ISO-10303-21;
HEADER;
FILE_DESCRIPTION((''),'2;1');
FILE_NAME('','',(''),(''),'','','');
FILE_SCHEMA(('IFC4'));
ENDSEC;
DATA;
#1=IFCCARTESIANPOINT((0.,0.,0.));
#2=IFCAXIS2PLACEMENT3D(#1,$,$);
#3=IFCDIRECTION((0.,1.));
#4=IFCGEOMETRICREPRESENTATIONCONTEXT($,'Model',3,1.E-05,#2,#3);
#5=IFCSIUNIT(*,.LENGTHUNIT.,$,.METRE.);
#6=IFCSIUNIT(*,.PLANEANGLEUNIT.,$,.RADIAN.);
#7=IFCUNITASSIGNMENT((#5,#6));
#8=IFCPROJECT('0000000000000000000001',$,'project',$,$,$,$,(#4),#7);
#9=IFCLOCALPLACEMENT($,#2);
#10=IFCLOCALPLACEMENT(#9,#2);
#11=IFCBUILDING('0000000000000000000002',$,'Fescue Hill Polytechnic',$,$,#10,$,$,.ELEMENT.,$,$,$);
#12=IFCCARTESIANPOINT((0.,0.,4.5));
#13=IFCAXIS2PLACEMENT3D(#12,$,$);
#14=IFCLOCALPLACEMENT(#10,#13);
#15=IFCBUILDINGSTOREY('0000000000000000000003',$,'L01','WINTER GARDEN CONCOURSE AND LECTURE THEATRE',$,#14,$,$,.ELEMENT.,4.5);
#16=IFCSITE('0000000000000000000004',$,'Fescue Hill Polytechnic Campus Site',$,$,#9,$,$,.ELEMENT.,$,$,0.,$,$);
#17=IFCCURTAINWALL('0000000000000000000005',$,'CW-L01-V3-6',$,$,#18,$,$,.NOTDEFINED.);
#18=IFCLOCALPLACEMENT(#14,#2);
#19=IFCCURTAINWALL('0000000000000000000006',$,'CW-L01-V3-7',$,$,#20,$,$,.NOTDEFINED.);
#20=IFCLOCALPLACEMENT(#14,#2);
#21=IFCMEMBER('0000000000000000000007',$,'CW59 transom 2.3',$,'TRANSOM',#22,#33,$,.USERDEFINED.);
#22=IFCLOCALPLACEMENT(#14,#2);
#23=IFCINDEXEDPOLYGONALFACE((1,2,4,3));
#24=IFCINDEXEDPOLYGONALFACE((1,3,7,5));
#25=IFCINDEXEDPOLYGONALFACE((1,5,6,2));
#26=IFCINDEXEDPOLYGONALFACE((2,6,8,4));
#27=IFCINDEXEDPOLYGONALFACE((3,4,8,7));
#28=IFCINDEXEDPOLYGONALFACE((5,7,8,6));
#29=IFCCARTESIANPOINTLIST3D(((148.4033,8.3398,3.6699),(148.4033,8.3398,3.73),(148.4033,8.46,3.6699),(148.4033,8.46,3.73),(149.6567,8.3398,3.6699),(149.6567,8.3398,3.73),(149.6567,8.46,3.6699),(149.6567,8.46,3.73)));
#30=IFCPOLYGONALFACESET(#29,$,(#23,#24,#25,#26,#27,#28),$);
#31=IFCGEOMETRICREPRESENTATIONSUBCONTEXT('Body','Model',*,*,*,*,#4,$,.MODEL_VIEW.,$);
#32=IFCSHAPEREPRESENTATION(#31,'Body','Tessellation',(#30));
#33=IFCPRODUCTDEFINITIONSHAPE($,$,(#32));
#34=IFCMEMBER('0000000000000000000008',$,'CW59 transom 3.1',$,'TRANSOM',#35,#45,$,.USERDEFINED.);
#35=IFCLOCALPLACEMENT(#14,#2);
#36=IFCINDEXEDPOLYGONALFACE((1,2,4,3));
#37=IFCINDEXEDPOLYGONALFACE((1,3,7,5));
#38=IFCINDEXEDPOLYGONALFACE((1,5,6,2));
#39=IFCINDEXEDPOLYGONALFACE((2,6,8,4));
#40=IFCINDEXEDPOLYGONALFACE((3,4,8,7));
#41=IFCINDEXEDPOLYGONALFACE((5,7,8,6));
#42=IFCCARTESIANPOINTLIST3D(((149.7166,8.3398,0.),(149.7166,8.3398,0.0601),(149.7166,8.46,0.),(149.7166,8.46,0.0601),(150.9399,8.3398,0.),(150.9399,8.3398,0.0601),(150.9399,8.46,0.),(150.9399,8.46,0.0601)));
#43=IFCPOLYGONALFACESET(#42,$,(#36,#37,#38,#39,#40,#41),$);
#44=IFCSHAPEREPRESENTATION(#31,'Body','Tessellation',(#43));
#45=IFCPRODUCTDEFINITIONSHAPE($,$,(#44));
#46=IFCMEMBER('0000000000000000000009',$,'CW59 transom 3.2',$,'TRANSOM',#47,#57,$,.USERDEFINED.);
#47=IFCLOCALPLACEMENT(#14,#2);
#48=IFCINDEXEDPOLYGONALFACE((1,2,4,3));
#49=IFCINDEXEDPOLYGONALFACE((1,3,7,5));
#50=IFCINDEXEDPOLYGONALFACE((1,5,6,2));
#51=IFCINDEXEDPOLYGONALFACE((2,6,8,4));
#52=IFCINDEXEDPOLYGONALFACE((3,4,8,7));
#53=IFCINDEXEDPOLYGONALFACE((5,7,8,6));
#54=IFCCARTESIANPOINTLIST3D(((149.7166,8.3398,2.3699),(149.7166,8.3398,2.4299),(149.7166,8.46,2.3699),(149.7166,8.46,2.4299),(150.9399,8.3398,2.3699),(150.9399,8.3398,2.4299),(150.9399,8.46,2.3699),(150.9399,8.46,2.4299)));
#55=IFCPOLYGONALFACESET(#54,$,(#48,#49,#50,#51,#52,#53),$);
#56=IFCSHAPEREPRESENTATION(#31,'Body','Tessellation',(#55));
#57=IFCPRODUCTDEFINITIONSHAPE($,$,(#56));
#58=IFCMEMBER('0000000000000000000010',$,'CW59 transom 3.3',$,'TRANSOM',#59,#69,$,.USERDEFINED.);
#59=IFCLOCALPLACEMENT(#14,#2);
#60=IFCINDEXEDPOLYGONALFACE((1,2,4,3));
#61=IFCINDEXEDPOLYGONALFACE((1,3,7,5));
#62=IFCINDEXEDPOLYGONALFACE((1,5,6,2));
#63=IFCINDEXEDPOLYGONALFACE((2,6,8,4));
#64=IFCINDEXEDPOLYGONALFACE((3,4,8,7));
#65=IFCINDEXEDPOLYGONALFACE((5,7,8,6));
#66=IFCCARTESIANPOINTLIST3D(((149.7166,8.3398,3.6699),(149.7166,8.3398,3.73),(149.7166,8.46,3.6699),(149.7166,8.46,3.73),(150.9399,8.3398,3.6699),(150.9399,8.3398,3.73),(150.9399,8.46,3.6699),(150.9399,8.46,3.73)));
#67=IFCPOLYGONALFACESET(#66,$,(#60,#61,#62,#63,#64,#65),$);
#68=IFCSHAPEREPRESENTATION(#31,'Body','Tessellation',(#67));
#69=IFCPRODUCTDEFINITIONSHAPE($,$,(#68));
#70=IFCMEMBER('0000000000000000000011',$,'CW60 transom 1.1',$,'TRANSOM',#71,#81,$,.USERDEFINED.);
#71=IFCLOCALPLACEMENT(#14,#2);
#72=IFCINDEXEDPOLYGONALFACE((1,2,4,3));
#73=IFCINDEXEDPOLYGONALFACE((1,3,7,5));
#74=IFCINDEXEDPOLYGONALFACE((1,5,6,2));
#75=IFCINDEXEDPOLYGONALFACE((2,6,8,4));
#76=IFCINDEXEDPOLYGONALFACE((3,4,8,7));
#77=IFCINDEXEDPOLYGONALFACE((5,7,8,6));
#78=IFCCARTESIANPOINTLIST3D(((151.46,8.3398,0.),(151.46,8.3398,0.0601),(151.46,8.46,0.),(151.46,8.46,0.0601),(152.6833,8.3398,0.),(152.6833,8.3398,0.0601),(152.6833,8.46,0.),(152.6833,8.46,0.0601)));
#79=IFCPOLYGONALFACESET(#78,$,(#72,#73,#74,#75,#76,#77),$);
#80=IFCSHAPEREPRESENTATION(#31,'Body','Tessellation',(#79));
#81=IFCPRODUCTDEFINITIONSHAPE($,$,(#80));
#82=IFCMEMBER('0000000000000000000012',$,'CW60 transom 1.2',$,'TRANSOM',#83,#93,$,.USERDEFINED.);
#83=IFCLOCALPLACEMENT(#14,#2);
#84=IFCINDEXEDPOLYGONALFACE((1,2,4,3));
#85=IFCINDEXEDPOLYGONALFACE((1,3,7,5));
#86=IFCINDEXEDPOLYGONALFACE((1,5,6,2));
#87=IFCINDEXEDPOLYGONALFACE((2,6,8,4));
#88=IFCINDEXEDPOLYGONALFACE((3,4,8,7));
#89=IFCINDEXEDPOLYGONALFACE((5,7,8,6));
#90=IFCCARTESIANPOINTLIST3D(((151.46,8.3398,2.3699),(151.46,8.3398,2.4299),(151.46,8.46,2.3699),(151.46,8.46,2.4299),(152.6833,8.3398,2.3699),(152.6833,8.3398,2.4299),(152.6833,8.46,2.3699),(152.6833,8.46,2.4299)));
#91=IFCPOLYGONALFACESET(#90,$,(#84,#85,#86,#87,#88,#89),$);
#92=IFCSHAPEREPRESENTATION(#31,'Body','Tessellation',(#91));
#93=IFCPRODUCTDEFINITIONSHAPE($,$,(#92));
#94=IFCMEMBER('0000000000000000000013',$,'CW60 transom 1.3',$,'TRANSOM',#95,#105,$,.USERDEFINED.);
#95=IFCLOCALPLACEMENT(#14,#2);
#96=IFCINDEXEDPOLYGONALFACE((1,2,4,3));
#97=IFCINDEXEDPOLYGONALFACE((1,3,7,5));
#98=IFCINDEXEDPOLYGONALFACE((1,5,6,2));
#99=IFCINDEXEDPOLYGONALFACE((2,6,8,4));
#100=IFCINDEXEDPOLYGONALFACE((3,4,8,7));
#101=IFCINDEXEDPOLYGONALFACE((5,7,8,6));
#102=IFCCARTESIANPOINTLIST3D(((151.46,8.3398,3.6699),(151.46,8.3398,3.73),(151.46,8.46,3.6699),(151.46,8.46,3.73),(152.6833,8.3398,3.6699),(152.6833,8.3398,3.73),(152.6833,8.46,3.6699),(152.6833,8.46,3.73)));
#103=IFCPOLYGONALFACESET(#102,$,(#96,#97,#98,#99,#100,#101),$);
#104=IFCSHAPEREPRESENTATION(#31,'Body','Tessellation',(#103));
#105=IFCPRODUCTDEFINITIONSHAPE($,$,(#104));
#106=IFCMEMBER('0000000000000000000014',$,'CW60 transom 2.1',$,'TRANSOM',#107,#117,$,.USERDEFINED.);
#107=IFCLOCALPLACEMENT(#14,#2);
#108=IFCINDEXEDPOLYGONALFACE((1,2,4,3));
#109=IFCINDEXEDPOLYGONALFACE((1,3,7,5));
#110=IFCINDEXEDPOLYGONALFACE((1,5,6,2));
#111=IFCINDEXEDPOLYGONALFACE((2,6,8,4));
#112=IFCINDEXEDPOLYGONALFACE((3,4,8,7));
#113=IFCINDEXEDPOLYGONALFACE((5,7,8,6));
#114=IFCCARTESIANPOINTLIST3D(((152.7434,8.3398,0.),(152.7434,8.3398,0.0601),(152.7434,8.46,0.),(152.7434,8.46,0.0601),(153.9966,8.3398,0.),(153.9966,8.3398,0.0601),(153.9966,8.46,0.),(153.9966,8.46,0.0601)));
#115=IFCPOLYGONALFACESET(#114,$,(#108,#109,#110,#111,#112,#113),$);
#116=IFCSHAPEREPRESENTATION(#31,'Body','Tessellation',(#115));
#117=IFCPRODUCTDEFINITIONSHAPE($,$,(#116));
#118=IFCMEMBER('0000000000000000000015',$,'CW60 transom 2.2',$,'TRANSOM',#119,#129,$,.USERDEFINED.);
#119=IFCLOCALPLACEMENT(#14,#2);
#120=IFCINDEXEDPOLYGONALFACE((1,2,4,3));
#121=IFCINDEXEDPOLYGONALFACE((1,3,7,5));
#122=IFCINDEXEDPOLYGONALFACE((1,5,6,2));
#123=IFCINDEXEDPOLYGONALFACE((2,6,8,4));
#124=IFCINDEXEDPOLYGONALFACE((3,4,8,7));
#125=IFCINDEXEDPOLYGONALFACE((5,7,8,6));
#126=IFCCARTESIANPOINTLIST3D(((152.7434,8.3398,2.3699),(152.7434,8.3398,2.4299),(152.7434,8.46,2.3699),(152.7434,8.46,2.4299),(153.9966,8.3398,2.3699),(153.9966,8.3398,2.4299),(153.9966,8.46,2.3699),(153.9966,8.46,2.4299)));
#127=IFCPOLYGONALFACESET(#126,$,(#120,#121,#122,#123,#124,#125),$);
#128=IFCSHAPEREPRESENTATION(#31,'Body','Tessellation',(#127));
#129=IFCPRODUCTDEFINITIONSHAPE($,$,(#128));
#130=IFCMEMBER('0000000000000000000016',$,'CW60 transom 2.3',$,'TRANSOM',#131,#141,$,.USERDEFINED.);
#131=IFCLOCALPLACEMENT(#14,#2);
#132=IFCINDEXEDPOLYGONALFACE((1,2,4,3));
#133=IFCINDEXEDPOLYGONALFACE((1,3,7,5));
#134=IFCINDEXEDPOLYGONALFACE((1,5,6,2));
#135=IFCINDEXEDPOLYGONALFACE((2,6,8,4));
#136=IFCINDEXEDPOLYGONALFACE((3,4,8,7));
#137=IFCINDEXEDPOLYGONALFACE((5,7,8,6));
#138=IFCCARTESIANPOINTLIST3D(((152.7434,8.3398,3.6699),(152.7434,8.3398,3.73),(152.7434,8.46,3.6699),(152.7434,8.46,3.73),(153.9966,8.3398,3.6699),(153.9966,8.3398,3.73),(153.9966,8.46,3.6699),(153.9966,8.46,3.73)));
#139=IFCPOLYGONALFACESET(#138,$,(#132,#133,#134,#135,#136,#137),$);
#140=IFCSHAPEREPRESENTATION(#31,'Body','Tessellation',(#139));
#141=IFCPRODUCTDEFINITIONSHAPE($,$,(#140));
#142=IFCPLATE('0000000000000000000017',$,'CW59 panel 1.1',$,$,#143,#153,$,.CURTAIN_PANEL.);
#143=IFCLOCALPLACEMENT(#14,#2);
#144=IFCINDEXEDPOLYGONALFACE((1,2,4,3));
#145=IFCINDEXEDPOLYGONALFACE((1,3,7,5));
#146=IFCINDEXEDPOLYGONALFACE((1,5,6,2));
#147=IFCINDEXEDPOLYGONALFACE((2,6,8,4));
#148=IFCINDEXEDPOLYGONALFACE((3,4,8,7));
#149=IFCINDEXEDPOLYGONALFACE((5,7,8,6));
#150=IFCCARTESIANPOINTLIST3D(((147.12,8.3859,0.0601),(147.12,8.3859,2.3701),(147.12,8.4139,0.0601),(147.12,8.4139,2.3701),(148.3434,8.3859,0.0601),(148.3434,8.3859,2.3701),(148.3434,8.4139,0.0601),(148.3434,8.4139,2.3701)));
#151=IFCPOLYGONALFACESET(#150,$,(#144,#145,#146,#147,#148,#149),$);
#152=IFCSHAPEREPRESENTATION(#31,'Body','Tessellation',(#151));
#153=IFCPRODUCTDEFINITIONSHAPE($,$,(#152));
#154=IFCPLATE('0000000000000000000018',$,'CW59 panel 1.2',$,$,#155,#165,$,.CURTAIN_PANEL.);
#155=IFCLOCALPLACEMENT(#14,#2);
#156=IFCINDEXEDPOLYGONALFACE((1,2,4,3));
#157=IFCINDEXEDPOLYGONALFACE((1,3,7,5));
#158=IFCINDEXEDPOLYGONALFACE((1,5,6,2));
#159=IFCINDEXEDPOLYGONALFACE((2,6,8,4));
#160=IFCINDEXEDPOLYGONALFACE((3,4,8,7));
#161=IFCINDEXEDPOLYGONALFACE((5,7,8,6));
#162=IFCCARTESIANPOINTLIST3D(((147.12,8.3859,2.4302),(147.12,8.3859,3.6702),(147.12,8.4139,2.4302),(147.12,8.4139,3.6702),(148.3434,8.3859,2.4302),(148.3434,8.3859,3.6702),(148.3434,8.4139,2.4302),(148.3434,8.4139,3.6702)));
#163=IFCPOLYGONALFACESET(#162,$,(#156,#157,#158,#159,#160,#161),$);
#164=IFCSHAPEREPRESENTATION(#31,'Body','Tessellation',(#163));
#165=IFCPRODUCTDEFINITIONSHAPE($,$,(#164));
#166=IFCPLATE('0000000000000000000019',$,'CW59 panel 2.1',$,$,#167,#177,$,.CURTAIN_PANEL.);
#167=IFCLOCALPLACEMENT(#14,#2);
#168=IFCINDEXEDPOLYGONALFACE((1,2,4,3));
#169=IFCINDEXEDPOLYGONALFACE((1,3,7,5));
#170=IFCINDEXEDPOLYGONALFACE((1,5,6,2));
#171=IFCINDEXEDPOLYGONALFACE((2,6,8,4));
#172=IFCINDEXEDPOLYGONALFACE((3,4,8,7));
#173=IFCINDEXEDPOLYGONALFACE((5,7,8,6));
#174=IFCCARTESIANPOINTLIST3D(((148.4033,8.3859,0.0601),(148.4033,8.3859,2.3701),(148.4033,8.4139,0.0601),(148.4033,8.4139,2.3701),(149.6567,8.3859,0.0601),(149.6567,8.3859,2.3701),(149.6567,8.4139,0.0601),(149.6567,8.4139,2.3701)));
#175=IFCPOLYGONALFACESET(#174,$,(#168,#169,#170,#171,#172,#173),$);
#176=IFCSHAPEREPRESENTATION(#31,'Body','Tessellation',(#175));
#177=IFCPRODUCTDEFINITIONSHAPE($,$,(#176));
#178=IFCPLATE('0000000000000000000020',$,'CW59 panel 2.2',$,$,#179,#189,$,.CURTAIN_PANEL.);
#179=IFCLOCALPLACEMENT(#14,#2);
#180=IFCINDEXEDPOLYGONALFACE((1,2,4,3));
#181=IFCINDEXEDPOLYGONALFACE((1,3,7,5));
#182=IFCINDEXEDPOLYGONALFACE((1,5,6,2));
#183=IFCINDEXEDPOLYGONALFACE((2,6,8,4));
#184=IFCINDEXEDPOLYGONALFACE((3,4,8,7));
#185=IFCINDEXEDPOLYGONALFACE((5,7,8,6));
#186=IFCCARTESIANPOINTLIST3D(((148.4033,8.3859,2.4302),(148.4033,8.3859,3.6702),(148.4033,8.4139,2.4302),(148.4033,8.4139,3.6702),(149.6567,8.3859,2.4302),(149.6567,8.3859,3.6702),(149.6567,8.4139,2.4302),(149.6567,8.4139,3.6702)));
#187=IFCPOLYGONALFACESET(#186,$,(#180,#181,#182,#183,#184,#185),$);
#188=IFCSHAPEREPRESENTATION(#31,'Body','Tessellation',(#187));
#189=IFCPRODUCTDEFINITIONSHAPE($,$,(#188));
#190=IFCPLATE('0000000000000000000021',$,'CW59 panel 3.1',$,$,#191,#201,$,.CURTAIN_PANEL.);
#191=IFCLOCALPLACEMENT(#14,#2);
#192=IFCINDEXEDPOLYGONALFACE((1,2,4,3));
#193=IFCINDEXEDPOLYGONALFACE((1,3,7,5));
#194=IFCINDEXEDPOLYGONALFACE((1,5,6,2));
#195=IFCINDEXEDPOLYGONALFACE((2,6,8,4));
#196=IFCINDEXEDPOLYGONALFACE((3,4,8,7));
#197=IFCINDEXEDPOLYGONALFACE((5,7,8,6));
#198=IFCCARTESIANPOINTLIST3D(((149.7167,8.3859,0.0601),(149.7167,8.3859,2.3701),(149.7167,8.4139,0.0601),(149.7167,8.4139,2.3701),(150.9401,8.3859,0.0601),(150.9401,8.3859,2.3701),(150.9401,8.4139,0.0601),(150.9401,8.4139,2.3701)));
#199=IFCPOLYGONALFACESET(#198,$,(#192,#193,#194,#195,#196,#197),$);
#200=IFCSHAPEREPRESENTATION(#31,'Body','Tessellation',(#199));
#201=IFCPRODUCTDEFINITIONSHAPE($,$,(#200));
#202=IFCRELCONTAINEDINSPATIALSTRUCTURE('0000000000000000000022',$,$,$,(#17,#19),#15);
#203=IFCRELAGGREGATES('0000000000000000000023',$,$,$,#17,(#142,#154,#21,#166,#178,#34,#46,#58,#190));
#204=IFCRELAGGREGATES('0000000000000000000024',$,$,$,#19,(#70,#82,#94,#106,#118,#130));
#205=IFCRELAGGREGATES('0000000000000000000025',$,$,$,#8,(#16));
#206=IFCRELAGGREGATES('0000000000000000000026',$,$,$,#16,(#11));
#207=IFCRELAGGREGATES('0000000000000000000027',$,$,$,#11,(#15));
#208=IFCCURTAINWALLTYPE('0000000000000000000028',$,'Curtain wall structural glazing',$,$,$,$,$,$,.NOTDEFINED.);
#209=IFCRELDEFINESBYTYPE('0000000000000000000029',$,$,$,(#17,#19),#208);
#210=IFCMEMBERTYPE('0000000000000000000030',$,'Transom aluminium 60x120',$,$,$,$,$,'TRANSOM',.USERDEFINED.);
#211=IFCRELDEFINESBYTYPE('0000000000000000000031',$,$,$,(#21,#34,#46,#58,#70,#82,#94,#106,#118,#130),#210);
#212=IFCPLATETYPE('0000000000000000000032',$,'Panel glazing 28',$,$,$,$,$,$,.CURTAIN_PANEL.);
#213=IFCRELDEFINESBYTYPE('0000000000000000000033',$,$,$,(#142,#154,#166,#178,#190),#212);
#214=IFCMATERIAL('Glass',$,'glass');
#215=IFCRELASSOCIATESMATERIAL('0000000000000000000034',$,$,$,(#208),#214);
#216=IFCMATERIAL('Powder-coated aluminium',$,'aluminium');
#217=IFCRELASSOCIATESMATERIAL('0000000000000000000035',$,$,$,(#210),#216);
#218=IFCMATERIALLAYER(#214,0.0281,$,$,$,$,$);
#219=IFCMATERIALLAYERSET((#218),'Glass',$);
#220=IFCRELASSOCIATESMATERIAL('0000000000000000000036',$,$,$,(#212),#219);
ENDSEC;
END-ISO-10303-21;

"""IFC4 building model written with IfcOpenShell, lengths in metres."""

from ifc_helpers import new_model, si_unit, direction, frame, origin, origin_2d, place, context, subcontext, project, spatial, rectangle, extrude, material, layer, layer_set, material_profile, profile_set, type_object, element, aggregate, save


model = new_model("IFC4")

# Units and contexts
model_context = context("Model", 3, precision=1e-05, world=origin(), true_north=direction((0.0, 1.0)))
body_context = subcontext(model_context, "Body", "Model", "MODEL_VIEW")
ifc_project = project(units=[si_unit("LENGTHUNIT", "METRE"), si_unit("PLANEANGLEUNIT", "RADIAN")], contexts=[model_context])

# Site, building, storey
site_placement = place(None, origin())
site = spatial("IfcSite", under=ifc_project, at=site_placement, Name="Fescue Hill Polytechnic Campus Site", CompositionType="ELEMENT", RefElevation=0.0)
building_placement = place(site_placement, origin())
building = spatial("IfcBuilding", under=site, at=building_placement, Name="Fescue Hill Polytechnic", CompositionType="ELEMENT")
storey_placement = place(building_placement, frame((0.0, 0.0, 4.5)))
storey = spatial("IfcBuildingStorey", under=building, at=storey_placement, Name="L01", Description="WINTER GARDEN CONCOURSE AND LECTURE THEATRE", CompositionType="ELEMENT", Elevation=4.5)

# Shared definitions
ifc_material_1 = material(Name="Glass", Category="glass")
curtain_wall_type = type_object("IfcCurtainWallType", Name="Curtain wall structural glazing", PredefinedType="NOTDEFINED", material=ifc_material_1)
ifc_material_2 = material(Name="Powder-coated aluminium", Category="aluminium")

# Curtain walls
curtain_wall_1_placement = place(storey_placement, origin())
curtain_wall_1 = element("IfcCurtainWall", 1, at=curtain_wall_1_placement, inside=storey, type_object=curtain_wall_type, Name="CW-L01-V3-6", PredefinedType="NOTDEFINED")
curtain_wall_2_placement = place(storey_placement, origin())
curtain_wall_2 = element("IfcCurtainWall", 2, at=curtain_wall_2_placement, inside=storey, type_object=curtain_wall_type, Name="CW-L01-V3-7", PredefinedType="NOTDEFINED")

# Members
ifc_material_profile_1 = material_profile(ifc_material_2, rectangle(XDim=0.1201, YDim=0.0601, at=origin_2d()), Name="Transom aluminium 60x120")
ifc_profile_set_1 = profile_set([ifc_material_profile_1], Name="Powder-coated aluminium")
member_type_1 = type_object("IfcMemberType", Name="Transom aluminium 60x120", ElementType="TRANSOM", PredefinedType="USERDEFINED", material=ifc_profile_set_1)
member_1_placement = place(storey_placement, frame((148.4033, 8.3999, 3.7), z_axis=(1.0, 0.0, 0.0), x_axis=(0.0, 1.0, 0.0)))
member_1 = element("IfcMember", 3, at=member_1_placement, type_object=member_type_1, Name="CW59 transom 2.3", ObjectType="TRANSOM", PredefinedType="USERDEFINED", context=body_context, shape_type="SweptSolid", body=[
    extrude(rectangle(XDim=0.1201, YDim=0.0601, at=origin_2d()), origin(), (0.0, 0.0, 1.0), 1.2534),
])
member_2_placement = place(storey_placement, frame((149.7166, 8.3999, 0.03), z_axis=(1.0, 0.0, 0.0), x_axis=(0.0, 1.0, 0.0)))
member_2 = element("IfcMember", 4, at=member_2_placement, type_object=member_type_1, Name="CW59 transom 3.1", ObjectType="TRANSOM", PredefinedType="USERDEFINED", context=body_context, shape_type="SweptSolid", body=[
    extrude(rectangle(XDim=0.1201, YDim=0.0601, at=origin_2d()), origin(), (0.0, 0.0, 1.0), 1.2234),
])
member_3_placement = place(storey_placement, frame((149.7166, 8.3999, 2.3999), z_axis=(1.0, 0.0, 0.0), x_axis=(0.0, 1.0, 0.0)))
member_3 = element("IfcMember", 5, at=member_3_placement, type_object=member_type_1, Name="CW59 transom 3.2", ObjectType="TRANSOM", PredefinedType="USERDEFINED", context=body_context, shape_type="SweptSolid", body=[
    extrude(rectangle(XDim=0.1201, YDim=0.0601, at=origin_2d()), origin(), (0.0, 0.0, 1.0), 1.2234),
])
member_4_placement = place(storey_placement, frame((149.7166, 8.3999, 3.7), z_axis=(1.0, 0.0, 0.0), x_axis=(0.0, 1.0, 0.0)))
member_4 = element("IfcMember", 6, at=member_4_placement, type_object=member_type_1, Name="CW59 transom 3.3", ObjectType="TRANSOM", PredefinedType="USERDEFINED", context=body_context, shape_type="SweptSolid", body=[
    extrude(rectangle(XDim=0.1201, YDim=0.0601, at=origin_2d()), origin(), (0.0, 0.0, 1.0), 1.2234),
])
member_5_placement = place(storey_placement, frame((151.46, 8.3999, 0.03), z_axis=(1.0, 0.0, 0.0), x_axis=(0.0, 1.0, 0.0)))
member_5 = element("IfcMember", 7, at=member_5_placement, type_object=member_type_1, Name="CW60 transom 1.1", ObjectType="TRANSOM", PredefinedType="USERDEFINED", context=body_context, shape_type="SweptSolid", body=[
    extrude(rectangle(XDim=0.1201, YDim=0.0601, at=origin_2d()), origin(), (0.0, 0.0, 1.0), 1.2234),
])
member_6_placement = place(storey_placement, frame((151.46, 8.3999, 2.3999), z_axis=(1.0, 0.0, 0.0), x_axis=(0.0, 1.0, 0.0)))
member_6 = element("IfcMember", 8, at=member_6_placement, type_object=member_type_1, Name="CW60 transom 1.2", ObjectType="TRANSOM", PredefinedType="USERDEFINED", context=body_context, shape_type="SweptSolid", body=[
    extrude(rectangle(XDim=0.1201, YDim=0.0601, at=origin_2d()), origin(), (0.0, 0.0, 1.0), 1.2234),
])
member_7_placement = place(storey_placement, frame((151.46, 8.3999, 3.7), z_axis=(1.0, 0.0, 0.0), x_axis=(0.0, 1.0, 0.0)))
member_7 = element("IfcMember", 9, at=member_7_placement, type_object=member_type_1, Name="CW60 transom 1.3", ObjectType="TRANSOM", PredefinedType="USERDEFINED", context=body_context, shape_type="SweptSolid", body=[
    extrude(rectangle(XDim=0.1201, YDim=0.0601, at=origin_2d()), origin(), (0.0, 0.0, 1.0), 1.2234),
])
member_8_placement = place(storey_placement, frame((152.7434, 8.3999, 0.03), z_axis=(1.0, 0.0, 0.0), x_axis=(0.0, 1.0, 0.0)))
member_8 = element("IfcMember", 10, at=member_8_placement, type_object=member_type_1, Name="CW60 transom 2.1", ObjectType="TRANSOM", PredefinedType="USERDEFINED", context=body_context, shape_type="SweptSolid", body=[
    extrude(rectangle(XDim=0.1201, YDim=0.0601, at=origin_2d()), origin(), (0.0, 0.0, 1.0), 1.2532),
])
member_9_placement = place(storey_placement, frame((152.7434, 8.3999, 2.3999), z_axis=(1.0, 0.0, 0.0), x_axis=(0.0, 1.0, 0.0)))
member_9 = element("IfcMember", 11, at=member_9_placement, type_object=member_type_1, Name="CW60 transom 2.2", ObjectType="TRANSOM", PredefinedType="USERDEFINED", context=body_context, shape_type="SweptSolid", body=[
    extrude(rectangle(XDim=0.1201, YDim=0.0601, at=origin_2d()), origin(), (0.0, 0.0, 1.0), 1.2532),
])
member_10_placement = place(storey_placement, frame((152.7434, 8.3999, 3.7), z_axis=(1.0, 0.0, 0.0), x_axis=(0.0, 1.0, 0.0)))
member_10 = element("IfcMember", 12, at=member_10_placement, type_object=member_type_1, Name="CW60 transom 2.3", ObjectType="TRANSOM", PredefinedType="USERDEFINED", context=body_context, shape_type="SweptSolid", body=[
    extrude(rectangle(XDim=0.1201, YDim=0.0601, at=origin_2d()), origin(), (0.0, 0.0, 1.0), 1.2532),
])

# Plates
ifc_layer_1 = layer(ifc_material_1, 0.0281)
ifc_layer_set_1 = layer_set([ifc_layer_1], Name="Glass")
plate_type = type_object("IfcPlateType", Name="Panel glazing 28", PredefinedType="CURTAIN_PANEL", material=ifc_layer_set_1)
plate_1_placement = place(storey_placement, frame((147.7317, 8.3999, 0.0601), z_axis=(0.0, 0.0, 1.0), x_axis=(1.0, 0.0, 0.0)))
plate_1 = element("IfcPlate", 13, at=plate_1_placement, type_object=plate_type, Name="CW59 panel 1.1", PredefinedType="CURTAIN_PANEL", context=body_context, shape_type="SweptSolid", body=[
    extrude(rectangle(XDim=1.2234, YDim=0.0281, at=origin_2d()), origin(), (0.0, 0.0, 1.0), 2.3101),
])
plate_2_placement = place(storey_placement, frame((147.7317, 8.3999, 2.4302), z_axis=(0.0, 0.0, 1.0), x_axis=(1.0, 0.0, 0.0)))
plate_2 = element("IfcPlate", 14, at=plate_2_placement, type_object=plate_type, Name="CW59 panel 1.2", PredefinedType="CURTAIN_PANEL", context=body_context, shape_type="SweptSolid", body=[
    extrude(rectangle(XDim=1.2234, YDim=0.0281, at=origin_2d()), origin(), (0.0, 0.0, 1.0), 1.24),
])
plate_3_placement = place(storey_placement, frame((149.03, 8.3999, 0.0601), z_axis=(0.0, 0.0, 1.0), x_axis=(1.0, 0.0, 0.0)))
plate_3 = element("IfcPlate", 15, at=plate_3_placement, type_object=plate_type, Name="CW59 panel 2.1", PredefinedType="CURTAIN_PANEL", context=body_context, shape_type="SweptSolid", body=[
    extrude(rectangle(XDim=1.2534, YDim=0.0281, at=origin_2d()), origin(), (0.0, 0.0, 1.0), 2.3101),
])
plate_4_placement = place(storey_placement, frame((149.03, 8.3999, 2.4302), z_axis=(0.0, 0.0, 1.0), x_axis=(1.0, 0.0, 0.0)))
plate_4 = element("IfcPlate", 16, at=plate_4_placement, type_object=plate_type, Name="CW59 panel 2.2", PredefinedType="CURTAIN_PANEL", context=body_context, shape_type="SweptSolid", body=[
    extrude(rectangle(XDim=1.2534, YDim=0.0281, at=origin_2d()), origin(), (0.0, 0.0, 1.0), 1.24),
])
plate_5_placement = place(storey_placement, frame((150.3284, 8.3999, 0.0601), z_axis=(0.0, 0.0, 1.0), x_axis=(1.0, 0.0, 0.0)))
plate_5 = element("IfcPlate", 17, at=plate_5_placement, type_object=plate_type, Name="CW59 panel 3.1", PredefinedType="CURTAIN_PANEL", context=body_context, shape_type="SweptSolid", body=[
    extrude(rectangle(XDim=1.2234, YDim=0.0281, at=origin_2d()), origin(), (0.0, 0.0, 1.0), 2.3101),
])
aggregate(curtain_wall_1, [plate_1, plate_2, member_1, plate_3, plate_4, member_2, member_3, member_4, plate_5])
aggregate(curtain_wall_2, [member_5, member_6, member_7, member_8, member_9, member_10])

save(model, "model.ifc")
